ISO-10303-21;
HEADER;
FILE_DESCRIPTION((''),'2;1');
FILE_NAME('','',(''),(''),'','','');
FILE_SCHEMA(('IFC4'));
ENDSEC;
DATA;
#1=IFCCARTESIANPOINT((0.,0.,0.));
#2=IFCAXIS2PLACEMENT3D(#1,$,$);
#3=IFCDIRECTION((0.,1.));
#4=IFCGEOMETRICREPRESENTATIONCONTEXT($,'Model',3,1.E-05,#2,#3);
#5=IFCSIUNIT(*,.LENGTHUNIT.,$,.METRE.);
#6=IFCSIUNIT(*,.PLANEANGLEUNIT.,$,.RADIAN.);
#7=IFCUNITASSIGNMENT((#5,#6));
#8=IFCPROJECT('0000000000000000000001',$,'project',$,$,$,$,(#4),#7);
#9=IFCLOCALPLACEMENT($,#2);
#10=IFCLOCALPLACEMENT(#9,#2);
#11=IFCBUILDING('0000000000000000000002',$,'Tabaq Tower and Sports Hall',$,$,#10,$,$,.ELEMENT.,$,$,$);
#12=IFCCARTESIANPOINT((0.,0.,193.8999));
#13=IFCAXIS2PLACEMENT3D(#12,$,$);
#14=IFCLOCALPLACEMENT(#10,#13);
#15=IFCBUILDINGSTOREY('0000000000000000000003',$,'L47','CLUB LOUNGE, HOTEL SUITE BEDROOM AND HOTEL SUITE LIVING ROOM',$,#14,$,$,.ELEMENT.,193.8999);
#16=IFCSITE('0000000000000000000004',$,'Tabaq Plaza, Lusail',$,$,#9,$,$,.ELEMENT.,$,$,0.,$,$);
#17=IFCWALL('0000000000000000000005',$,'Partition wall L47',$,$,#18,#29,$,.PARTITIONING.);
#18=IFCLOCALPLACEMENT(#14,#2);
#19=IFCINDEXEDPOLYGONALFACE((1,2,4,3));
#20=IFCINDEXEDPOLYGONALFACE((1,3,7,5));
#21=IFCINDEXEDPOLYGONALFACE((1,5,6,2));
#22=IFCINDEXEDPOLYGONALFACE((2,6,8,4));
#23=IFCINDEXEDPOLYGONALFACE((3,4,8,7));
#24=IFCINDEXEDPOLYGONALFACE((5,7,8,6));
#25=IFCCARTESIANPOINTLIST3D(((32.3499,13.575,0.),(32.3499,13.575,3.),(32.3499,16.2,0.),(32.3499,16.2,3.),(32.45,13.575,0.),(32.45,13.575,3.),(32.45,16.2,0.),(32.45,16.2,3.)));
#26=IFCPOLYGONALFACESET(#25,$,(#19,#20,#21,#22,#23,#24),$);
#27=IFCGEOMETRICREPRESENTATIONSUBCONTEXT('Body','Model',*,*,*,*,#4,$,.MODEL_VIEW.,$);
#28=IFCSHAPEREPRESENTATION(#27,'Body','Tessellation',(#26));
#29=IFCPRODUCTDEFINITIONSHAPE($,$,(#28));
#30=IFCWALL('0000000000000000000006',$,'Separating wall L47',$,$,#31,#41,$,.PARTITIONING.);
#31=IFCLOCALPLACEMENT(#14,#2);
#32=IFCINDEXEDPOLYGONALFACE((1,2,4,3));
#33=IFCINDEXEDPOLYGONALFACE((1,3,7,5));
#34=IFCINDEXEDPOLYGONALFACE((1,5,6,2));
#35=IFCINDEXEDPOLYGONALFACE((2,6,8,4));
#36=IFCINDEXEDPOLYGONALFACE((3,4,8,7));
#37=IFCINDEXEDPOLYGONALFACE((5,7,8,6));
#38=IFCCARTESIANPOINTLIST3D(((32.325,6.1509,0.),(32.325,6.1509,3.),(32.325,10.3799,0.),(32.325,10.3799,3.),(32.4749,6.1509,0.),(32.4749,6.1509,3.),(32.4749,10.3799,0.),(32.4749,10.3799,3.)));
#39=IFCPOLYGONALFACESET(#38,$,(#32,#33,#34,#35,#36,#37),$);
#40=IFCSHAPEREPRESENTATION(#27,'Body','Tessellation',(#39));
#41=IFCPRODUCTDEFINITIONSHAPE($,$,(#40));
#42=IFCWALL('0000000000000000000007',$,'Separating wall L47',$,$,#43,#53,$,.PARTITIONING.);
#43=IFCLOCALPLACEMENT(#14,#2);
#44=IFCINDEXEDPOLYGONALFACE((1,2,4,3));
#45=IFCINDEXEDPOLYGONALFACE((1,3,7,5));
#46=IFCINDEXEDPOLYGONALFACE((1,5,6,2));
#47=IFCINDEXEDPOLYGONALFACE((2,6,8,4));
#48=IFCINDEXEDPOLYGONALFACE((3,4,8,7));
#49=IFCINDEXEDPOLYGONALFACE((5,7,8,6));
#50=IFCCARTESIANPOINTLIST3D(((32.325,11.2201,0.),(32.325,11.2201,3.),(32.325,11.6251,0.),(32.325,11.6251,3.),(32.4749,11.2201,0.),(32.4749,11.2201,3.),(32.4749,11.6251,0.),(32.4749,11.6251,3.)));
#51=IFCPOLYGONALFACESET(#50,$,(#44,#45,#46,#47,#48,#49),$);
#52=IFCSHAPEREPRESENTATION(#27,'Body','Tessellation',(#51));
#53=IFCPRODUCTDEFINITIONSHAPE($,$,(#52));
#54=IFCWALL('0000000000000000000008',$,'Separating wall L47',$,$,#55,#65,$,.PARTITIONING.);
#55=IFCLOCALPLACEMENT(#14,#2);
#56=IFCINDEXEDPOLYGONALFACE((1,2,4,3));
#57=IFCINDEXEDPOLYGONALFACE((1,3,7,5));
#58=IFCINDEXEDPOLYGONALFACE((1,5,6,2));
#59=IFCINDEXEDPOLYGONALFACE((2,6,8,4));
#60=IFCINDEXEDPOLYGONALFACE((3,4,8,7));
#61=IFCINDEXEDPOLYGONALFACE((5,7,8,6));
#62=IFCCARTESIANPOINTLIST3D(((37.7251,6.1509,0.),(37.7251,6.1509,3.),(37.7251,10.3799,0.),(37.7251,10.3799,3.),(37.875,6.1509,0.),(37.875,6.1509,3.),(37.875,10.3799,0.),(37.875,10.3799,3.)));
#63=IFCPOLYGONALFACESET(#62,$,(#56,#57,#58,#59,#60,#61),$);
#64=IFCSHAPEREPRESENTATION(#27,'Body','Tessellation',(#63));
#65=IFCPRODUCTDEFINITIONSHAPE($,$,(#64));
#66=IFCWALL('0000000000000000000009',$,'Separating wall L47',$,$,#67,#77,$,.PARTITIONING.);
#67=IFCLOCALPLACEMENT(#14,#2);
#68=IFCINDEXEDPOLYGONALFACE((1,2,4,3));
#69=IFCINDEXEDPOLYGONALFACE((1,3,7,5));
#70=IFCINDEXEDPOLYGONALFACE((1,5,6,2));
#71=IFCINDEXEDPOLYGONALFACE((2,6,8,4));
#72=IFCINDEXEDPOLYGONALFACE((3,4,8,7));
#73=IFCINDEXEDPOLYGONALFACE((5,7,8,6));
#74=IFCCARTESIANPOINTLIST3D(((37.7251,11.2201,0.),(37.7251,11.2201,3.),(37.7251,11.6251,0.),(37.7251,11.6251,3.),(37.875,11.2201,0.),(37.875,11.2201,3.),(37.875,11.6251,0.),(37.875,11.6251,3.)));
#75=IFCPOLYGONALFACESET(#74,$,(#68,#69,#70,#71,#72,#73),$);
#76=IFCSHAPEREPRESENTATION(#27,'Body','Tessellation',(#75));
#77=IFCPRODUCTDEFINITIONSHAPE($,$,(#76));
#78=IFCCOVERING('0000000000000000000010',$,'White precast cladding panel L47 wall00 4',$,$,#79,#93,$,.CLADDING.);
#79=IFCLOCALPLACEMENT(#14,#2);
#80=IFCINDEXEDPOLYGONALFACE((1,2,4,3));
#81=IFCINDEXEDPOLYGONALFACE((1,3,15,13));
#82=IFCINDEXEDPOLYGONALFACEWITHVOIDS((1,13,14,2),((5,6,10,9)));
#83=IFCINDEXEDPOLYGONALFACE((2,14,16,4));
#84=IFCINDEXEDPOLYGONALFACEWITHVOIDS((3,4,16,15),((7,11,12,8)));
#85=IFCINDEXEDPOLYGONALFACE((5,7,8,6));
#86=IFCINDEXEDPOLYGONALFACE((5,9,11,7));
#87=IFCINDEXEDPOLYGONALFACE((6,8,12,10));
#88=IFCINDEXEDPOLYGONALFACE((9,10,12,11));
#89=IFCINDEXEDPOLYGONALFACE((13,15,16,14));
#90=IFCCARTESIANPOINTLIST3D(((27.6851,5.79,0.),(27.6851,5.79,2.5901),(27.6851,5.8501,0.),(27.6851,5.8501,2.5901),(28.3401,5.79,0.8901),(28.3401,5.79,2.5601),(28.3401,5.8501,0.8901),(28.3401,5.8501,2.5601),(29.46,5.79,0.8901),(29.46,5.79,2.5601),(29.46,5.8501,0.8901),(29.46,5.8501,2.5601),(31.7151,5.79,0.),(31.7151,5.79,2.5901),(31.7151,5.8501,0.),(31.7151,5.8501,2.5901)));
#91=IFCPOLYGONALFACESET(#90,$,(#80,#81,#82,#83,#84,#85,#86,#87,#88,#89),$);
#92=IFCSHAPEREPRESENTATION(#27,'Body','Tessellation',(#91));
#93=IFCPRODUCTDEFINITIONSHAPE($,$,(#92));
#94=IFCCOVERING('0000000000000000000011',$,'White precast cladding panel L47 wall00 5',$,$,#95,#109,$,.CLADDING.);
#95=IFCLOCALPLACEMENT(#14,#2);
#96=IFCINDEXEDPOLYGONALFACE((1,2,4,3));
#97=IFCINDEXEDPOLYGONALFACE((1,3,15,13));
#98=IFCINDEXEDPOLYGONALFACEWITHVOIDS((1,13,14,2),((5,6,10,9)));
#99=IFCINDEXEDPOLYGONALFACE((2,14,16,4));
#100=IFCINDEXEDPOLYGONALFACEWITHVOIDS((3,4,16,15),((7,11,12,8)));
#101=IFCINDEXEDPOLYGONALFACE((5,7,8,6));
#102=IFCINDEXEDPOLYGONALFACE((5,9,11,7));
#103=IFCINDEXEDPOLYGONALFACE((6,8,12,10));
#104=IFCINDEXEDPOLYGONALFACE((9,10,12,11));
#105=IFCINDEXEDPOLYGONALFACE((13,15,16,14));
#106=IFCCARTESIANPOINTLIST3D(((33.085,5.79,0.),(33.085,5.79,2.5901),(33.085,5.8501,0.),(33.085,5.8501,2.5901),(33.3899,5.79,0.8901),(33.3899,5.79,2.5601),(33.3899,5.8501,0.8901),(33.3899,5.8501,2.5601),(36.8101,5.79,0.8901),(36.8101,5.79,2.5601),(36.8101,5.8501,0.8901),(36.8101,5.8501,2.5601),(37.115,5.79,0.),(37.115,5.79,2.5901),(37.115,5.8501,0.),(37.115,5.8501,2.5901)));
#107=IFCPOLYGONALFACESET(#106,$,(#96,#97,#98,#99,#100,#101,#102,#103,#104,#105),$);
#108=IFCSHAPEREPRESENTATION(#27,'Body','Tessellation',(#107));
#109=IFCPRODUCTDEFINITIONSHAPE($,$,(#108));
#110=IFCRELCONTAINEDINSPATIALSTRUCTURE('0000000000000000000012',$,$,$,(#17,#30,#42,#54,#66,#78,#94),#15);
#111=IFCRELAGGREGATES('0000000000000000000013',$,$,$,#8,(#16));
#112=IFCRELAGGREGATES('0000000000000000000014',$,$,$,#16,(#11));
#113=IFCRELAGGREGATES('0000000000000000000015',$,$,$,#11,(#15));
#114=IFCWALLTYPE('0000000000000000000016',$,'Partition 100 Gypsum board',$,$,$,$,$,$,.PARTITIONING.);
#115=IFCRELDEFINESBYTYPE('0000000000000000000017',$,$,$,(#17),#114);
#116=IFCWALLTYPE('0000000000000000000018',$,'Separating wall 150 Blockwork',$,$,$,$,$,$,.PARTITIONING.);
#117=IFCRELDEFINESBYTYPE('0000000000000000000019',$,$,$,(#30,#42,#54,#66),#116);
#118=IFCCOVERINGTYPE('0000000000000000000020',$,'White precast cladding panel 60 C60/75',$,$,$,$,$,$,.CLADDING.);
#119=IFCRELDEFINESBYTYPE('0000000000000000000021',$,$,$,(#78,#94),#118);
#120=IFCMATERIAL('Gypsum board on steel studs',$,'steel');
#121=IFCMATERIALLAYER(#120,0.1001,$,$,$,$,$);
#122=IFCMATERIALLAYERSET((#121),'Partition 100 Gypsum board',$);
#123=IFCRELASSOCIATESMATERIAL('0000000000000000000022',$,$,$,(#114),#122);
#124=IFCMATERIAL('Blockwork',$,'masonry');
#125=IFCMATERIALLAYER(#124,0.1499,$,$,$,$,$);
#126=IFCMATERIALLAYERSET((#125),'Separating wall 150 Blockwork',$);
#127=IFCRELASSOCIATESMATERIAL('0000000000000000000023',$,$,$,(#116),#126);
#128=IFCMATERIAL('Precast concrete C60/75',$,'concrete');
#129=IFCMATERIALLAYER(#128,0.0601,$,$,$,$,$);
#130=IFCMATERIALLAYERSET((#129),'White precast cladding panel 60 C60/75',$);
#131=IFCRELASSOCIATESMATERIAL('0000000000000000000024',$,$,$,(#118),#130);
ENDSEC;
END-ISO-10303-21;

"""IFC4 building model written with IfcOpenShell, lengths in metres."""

from ifc_helpers import new_model, si_unit, direction, frame, frame_2d, origin, place, context, subcontext, project, spatial, polyline, rectangle, outline, extrude, material, layer, layer_set, type_object, element, save


model = new_model("IFC4")

# Units and contexts
model_context = context("Model", 3, precision=1e-05, world=origin(), true_north=direction((0.0, 1.0)))
body_context = subcontext(model_context, "Body", "Model", "MODEL_VIEW")
ifc_project = project(units=[si_unit("LENGTHUNIT", "METRE"), si_unit("PLANEANGLEUNIT", "RADIAN")], contexts=[model_context])

# Site, building, storey
site_placement = place(None, origin())
site = spatial("IfcSite", under=ifc_project, at=site_placement, Name="Tabaq Plaza, Lusail", CompositionType="ELEMENT", RefElevation=0.0)
building_placement = place(site_placement, origin())
building = spatial("IfcBuilding", under=site, at=building_placement, Name="Tabaq Tower and Sports Hall", CompositionType="ELEMENT")
storey_placement = place(building_placement, frame((0.0, 0.0, 193.8999)))
storey = spatial("IfcBuildingStorey", under=building, at=storey_placement, Name="L47", Description="CLUB LOUNGE, HOTEL SUITE BEDROOM AND HOTEL SUITE LIVING ROOM", CompositionType="ELEMENT", Elevation=193.8999)

# Shared definitions
ifc_material_1 = material(Name="Gypsum board on steel studs", Category="steel")
ifc_layer_1 = layer(ifc_material_1, 0.1001)
ifc_layer_set_1 = layer_set([ifc_layer_1], Name="Partition 100 Gypsum board")
wall_type_1 = type_object("IfcWallType", Name="Partition 100 Gypsum board", PredefinedType="PARTITIONING", material=ifc_layer_set_1)

# Walls
wall_1_placement = place(storey_placement, frame((32.3999, 13.575, 0.0), z_axis=(0.0, 0.0, 1.0), x_axis=(0.0, 1.0, 0.0)))
element("IfcWall", 1, at=wall_1_placement, inside=storey, type_object=wall_type_1, Name="Partition wall L47", PredefinedType="PARTITIONING", context=body_context, shape_type="SweptSolid", body=[
    extrude(rectangle(XDim=2.625, YDim=0.1001, at=frame_2d((1.3125, 0.0))), origin(), (0.0, 0.0, 1.0), 3.0),
])
ifc_material_2 = material(Name="Blockwork", Category="masonry")
ifc_layer_2 = layer(ifc_material_2, 0.1499)
ifc_layer_set_2 = layer_set([ifc_layer_2], Name="Separating wall 150 Blockwork")
wall_type_2 = type_object("IfcWallType", Name="Separating wall 150 Blockwork", PredefinedType="PARTITIONING", material=ifc_layer_set_2)
wall_2_placement = place(storey_placement, frame((32.3999, 6.1509, 0.0), z_axis=(0.0, 0.0, 1.0), x_axis=(0.0, 1.0, 0.0)))
element("IfcWall", 2, at=wall_2_placement, inside=storey, type_object=wall_type_2, Name="Separating wall L47", PredefinedType="PARTITIONING", context=body_context, shape_type="SweptSolid", body=[
    extrude(rectangle(XDim=4.229, YDim=0.1499, at=frame_2d((2.1145, 0.0))), origin(), (0.0, 0.0, 1.0), 3.0),
])
wall_3_placement = place(storey_placement, frame((32.3999, 11.22, 0.0), z_axis=(0.0, 0.0, 1.0), x_axis=(0.0, 1.0, 0.0)))
element("IfcWall", 3, at=wall_3_placement, inside=storey, type_object=wall_type_2, Name="Separating wall L47", PredefinedType="PARTITIONING", context=body_context, shape_type="SweptSolid", body=[
    extrude(rectangle(XDim=0.405, YDim=0.1499, at=frame_2d((0.2026, 0.0))), origin(), (0.0, 0.0, 1.0), 3.0),
])
wall_4_placement = place(storey_placement, frame((37.8, 6.1509, 0.0), z_axis=(0.0, 0.0, 1.0), x_axis=(0.0, 1.0, 0.0)))
element("IfcWall", 4, at=wall_4_placement, inside=storey, type_object=wall_type_2, Name="Separating wall L47", PredefinedType="PARTITIONING", context=body_context, shape_type="SweptSolid", body=[
    extrude(rectangle(XDim=4.229, YDim=0.1499, at=frame_2d((2.1145, 0.0))), origin(), (0.0, 0.0, 1.0), 3.0),
])
wall_5_placement = place(storey_placement, frame((37.8, 11.22, 0.0), z_axis=(0.0, 0.0, 1.0), x_axis=(0.0, 1.0, 0.0)))
element("IfcWall", 5, at=wall_5_placement, inside=storey, type_object=wall_type_2, Name="Separating wall L47", PredefinedType="PARTITIONING", context=body_context, shape_type="SweptSolid", body=[
    extrude(rectangle(XDim=0.405, YDim=0.1499, at=frame_2d((0.2026, 0.0))), origin(), (0.0, 0.0, 1.0), 3.0),
])

# Coverings
ifc_material_3 = material(Name="Precast concrete C60/75", Category="concrete")
ifc_layer_3 = layer(ifc_material_3, 0.0601)
ifc_layer_set_3 = layer_set([ifc_layer_3], Name="White precast cladding panel 60 C60/75")
covering_type = type_object("IfcCoveringType", Name="White precast cladding panel 60 C60/75", PredefinedType="CLADDING", material=ifc_layer_set_3)
covering_1_placement = place(storey_placement, frame((27.6851, 5.8201, 0.0), z_axis=(0.0, 0.0, 1.0), x_axis=(1.0, 0.0, 0.0)))
element("IfcCovering", 6, at=covering_1_placement, inside=storey, type_object=covering_type, Name="White precast cladding panel L47 wall00 4", PredefinedType="CLADDING", context=body_context, shape_type="SweptSolid", body=[
    extrude(outline(polyline([(0.0, 0.0), (4.03, 0.0), (4.03, 2.5901), (0.0, 2.5901), (0.0, 0.0)]), holes=[polyline([(1.7749, 0.8901), (0.655, 0.8901), (0.655, 2.5601), (1.7749, 2.5601), (1.7749, 0.8901)])]), frame((0.0, 0.03, 0.0), z_axis=(0.0, -1.0, 0.0), x_axis=(1.0, 0.0, 0.0)), (0.0, 0.0, 1.0), 0.0601),
])
covering_2_placement = place(storey_placement, frame((33.085, 5.8201, 0.0), z_axis=(0.0, 0.0, 1.0), x_axis=(1.0, 0.0, 0.0)))
element("IfcCovering", 7, at=covering_2_placement, inside=storey, type_object=covering_type, Name="White precast cladding panel L47 wall00 5", PredefinedType="CLADDING", context=body_context, shape_type="SweptSolid", body=[
    extrude(outline(polyline([(0.0, 0.0), (4.03, 0.0), (4.03, 2.5901), (0.0, 2.5901), (0.0, 0.0)]), holes=[polyline([(3.7251, 0.8901), (0.3049, 0.8901), (0.3049, 2.5601), (3.7251, 2.5601), (3.7251, 0.8901)])]), frame((0.0, 0.03, 0.0), z_axis=(0.0, -1.0, 0.0), x_axis=(1.0, 0.0, 0.0)), (0.0, 0.0, 1.0), 0.0601),
])

save(model, "model.ifc")
